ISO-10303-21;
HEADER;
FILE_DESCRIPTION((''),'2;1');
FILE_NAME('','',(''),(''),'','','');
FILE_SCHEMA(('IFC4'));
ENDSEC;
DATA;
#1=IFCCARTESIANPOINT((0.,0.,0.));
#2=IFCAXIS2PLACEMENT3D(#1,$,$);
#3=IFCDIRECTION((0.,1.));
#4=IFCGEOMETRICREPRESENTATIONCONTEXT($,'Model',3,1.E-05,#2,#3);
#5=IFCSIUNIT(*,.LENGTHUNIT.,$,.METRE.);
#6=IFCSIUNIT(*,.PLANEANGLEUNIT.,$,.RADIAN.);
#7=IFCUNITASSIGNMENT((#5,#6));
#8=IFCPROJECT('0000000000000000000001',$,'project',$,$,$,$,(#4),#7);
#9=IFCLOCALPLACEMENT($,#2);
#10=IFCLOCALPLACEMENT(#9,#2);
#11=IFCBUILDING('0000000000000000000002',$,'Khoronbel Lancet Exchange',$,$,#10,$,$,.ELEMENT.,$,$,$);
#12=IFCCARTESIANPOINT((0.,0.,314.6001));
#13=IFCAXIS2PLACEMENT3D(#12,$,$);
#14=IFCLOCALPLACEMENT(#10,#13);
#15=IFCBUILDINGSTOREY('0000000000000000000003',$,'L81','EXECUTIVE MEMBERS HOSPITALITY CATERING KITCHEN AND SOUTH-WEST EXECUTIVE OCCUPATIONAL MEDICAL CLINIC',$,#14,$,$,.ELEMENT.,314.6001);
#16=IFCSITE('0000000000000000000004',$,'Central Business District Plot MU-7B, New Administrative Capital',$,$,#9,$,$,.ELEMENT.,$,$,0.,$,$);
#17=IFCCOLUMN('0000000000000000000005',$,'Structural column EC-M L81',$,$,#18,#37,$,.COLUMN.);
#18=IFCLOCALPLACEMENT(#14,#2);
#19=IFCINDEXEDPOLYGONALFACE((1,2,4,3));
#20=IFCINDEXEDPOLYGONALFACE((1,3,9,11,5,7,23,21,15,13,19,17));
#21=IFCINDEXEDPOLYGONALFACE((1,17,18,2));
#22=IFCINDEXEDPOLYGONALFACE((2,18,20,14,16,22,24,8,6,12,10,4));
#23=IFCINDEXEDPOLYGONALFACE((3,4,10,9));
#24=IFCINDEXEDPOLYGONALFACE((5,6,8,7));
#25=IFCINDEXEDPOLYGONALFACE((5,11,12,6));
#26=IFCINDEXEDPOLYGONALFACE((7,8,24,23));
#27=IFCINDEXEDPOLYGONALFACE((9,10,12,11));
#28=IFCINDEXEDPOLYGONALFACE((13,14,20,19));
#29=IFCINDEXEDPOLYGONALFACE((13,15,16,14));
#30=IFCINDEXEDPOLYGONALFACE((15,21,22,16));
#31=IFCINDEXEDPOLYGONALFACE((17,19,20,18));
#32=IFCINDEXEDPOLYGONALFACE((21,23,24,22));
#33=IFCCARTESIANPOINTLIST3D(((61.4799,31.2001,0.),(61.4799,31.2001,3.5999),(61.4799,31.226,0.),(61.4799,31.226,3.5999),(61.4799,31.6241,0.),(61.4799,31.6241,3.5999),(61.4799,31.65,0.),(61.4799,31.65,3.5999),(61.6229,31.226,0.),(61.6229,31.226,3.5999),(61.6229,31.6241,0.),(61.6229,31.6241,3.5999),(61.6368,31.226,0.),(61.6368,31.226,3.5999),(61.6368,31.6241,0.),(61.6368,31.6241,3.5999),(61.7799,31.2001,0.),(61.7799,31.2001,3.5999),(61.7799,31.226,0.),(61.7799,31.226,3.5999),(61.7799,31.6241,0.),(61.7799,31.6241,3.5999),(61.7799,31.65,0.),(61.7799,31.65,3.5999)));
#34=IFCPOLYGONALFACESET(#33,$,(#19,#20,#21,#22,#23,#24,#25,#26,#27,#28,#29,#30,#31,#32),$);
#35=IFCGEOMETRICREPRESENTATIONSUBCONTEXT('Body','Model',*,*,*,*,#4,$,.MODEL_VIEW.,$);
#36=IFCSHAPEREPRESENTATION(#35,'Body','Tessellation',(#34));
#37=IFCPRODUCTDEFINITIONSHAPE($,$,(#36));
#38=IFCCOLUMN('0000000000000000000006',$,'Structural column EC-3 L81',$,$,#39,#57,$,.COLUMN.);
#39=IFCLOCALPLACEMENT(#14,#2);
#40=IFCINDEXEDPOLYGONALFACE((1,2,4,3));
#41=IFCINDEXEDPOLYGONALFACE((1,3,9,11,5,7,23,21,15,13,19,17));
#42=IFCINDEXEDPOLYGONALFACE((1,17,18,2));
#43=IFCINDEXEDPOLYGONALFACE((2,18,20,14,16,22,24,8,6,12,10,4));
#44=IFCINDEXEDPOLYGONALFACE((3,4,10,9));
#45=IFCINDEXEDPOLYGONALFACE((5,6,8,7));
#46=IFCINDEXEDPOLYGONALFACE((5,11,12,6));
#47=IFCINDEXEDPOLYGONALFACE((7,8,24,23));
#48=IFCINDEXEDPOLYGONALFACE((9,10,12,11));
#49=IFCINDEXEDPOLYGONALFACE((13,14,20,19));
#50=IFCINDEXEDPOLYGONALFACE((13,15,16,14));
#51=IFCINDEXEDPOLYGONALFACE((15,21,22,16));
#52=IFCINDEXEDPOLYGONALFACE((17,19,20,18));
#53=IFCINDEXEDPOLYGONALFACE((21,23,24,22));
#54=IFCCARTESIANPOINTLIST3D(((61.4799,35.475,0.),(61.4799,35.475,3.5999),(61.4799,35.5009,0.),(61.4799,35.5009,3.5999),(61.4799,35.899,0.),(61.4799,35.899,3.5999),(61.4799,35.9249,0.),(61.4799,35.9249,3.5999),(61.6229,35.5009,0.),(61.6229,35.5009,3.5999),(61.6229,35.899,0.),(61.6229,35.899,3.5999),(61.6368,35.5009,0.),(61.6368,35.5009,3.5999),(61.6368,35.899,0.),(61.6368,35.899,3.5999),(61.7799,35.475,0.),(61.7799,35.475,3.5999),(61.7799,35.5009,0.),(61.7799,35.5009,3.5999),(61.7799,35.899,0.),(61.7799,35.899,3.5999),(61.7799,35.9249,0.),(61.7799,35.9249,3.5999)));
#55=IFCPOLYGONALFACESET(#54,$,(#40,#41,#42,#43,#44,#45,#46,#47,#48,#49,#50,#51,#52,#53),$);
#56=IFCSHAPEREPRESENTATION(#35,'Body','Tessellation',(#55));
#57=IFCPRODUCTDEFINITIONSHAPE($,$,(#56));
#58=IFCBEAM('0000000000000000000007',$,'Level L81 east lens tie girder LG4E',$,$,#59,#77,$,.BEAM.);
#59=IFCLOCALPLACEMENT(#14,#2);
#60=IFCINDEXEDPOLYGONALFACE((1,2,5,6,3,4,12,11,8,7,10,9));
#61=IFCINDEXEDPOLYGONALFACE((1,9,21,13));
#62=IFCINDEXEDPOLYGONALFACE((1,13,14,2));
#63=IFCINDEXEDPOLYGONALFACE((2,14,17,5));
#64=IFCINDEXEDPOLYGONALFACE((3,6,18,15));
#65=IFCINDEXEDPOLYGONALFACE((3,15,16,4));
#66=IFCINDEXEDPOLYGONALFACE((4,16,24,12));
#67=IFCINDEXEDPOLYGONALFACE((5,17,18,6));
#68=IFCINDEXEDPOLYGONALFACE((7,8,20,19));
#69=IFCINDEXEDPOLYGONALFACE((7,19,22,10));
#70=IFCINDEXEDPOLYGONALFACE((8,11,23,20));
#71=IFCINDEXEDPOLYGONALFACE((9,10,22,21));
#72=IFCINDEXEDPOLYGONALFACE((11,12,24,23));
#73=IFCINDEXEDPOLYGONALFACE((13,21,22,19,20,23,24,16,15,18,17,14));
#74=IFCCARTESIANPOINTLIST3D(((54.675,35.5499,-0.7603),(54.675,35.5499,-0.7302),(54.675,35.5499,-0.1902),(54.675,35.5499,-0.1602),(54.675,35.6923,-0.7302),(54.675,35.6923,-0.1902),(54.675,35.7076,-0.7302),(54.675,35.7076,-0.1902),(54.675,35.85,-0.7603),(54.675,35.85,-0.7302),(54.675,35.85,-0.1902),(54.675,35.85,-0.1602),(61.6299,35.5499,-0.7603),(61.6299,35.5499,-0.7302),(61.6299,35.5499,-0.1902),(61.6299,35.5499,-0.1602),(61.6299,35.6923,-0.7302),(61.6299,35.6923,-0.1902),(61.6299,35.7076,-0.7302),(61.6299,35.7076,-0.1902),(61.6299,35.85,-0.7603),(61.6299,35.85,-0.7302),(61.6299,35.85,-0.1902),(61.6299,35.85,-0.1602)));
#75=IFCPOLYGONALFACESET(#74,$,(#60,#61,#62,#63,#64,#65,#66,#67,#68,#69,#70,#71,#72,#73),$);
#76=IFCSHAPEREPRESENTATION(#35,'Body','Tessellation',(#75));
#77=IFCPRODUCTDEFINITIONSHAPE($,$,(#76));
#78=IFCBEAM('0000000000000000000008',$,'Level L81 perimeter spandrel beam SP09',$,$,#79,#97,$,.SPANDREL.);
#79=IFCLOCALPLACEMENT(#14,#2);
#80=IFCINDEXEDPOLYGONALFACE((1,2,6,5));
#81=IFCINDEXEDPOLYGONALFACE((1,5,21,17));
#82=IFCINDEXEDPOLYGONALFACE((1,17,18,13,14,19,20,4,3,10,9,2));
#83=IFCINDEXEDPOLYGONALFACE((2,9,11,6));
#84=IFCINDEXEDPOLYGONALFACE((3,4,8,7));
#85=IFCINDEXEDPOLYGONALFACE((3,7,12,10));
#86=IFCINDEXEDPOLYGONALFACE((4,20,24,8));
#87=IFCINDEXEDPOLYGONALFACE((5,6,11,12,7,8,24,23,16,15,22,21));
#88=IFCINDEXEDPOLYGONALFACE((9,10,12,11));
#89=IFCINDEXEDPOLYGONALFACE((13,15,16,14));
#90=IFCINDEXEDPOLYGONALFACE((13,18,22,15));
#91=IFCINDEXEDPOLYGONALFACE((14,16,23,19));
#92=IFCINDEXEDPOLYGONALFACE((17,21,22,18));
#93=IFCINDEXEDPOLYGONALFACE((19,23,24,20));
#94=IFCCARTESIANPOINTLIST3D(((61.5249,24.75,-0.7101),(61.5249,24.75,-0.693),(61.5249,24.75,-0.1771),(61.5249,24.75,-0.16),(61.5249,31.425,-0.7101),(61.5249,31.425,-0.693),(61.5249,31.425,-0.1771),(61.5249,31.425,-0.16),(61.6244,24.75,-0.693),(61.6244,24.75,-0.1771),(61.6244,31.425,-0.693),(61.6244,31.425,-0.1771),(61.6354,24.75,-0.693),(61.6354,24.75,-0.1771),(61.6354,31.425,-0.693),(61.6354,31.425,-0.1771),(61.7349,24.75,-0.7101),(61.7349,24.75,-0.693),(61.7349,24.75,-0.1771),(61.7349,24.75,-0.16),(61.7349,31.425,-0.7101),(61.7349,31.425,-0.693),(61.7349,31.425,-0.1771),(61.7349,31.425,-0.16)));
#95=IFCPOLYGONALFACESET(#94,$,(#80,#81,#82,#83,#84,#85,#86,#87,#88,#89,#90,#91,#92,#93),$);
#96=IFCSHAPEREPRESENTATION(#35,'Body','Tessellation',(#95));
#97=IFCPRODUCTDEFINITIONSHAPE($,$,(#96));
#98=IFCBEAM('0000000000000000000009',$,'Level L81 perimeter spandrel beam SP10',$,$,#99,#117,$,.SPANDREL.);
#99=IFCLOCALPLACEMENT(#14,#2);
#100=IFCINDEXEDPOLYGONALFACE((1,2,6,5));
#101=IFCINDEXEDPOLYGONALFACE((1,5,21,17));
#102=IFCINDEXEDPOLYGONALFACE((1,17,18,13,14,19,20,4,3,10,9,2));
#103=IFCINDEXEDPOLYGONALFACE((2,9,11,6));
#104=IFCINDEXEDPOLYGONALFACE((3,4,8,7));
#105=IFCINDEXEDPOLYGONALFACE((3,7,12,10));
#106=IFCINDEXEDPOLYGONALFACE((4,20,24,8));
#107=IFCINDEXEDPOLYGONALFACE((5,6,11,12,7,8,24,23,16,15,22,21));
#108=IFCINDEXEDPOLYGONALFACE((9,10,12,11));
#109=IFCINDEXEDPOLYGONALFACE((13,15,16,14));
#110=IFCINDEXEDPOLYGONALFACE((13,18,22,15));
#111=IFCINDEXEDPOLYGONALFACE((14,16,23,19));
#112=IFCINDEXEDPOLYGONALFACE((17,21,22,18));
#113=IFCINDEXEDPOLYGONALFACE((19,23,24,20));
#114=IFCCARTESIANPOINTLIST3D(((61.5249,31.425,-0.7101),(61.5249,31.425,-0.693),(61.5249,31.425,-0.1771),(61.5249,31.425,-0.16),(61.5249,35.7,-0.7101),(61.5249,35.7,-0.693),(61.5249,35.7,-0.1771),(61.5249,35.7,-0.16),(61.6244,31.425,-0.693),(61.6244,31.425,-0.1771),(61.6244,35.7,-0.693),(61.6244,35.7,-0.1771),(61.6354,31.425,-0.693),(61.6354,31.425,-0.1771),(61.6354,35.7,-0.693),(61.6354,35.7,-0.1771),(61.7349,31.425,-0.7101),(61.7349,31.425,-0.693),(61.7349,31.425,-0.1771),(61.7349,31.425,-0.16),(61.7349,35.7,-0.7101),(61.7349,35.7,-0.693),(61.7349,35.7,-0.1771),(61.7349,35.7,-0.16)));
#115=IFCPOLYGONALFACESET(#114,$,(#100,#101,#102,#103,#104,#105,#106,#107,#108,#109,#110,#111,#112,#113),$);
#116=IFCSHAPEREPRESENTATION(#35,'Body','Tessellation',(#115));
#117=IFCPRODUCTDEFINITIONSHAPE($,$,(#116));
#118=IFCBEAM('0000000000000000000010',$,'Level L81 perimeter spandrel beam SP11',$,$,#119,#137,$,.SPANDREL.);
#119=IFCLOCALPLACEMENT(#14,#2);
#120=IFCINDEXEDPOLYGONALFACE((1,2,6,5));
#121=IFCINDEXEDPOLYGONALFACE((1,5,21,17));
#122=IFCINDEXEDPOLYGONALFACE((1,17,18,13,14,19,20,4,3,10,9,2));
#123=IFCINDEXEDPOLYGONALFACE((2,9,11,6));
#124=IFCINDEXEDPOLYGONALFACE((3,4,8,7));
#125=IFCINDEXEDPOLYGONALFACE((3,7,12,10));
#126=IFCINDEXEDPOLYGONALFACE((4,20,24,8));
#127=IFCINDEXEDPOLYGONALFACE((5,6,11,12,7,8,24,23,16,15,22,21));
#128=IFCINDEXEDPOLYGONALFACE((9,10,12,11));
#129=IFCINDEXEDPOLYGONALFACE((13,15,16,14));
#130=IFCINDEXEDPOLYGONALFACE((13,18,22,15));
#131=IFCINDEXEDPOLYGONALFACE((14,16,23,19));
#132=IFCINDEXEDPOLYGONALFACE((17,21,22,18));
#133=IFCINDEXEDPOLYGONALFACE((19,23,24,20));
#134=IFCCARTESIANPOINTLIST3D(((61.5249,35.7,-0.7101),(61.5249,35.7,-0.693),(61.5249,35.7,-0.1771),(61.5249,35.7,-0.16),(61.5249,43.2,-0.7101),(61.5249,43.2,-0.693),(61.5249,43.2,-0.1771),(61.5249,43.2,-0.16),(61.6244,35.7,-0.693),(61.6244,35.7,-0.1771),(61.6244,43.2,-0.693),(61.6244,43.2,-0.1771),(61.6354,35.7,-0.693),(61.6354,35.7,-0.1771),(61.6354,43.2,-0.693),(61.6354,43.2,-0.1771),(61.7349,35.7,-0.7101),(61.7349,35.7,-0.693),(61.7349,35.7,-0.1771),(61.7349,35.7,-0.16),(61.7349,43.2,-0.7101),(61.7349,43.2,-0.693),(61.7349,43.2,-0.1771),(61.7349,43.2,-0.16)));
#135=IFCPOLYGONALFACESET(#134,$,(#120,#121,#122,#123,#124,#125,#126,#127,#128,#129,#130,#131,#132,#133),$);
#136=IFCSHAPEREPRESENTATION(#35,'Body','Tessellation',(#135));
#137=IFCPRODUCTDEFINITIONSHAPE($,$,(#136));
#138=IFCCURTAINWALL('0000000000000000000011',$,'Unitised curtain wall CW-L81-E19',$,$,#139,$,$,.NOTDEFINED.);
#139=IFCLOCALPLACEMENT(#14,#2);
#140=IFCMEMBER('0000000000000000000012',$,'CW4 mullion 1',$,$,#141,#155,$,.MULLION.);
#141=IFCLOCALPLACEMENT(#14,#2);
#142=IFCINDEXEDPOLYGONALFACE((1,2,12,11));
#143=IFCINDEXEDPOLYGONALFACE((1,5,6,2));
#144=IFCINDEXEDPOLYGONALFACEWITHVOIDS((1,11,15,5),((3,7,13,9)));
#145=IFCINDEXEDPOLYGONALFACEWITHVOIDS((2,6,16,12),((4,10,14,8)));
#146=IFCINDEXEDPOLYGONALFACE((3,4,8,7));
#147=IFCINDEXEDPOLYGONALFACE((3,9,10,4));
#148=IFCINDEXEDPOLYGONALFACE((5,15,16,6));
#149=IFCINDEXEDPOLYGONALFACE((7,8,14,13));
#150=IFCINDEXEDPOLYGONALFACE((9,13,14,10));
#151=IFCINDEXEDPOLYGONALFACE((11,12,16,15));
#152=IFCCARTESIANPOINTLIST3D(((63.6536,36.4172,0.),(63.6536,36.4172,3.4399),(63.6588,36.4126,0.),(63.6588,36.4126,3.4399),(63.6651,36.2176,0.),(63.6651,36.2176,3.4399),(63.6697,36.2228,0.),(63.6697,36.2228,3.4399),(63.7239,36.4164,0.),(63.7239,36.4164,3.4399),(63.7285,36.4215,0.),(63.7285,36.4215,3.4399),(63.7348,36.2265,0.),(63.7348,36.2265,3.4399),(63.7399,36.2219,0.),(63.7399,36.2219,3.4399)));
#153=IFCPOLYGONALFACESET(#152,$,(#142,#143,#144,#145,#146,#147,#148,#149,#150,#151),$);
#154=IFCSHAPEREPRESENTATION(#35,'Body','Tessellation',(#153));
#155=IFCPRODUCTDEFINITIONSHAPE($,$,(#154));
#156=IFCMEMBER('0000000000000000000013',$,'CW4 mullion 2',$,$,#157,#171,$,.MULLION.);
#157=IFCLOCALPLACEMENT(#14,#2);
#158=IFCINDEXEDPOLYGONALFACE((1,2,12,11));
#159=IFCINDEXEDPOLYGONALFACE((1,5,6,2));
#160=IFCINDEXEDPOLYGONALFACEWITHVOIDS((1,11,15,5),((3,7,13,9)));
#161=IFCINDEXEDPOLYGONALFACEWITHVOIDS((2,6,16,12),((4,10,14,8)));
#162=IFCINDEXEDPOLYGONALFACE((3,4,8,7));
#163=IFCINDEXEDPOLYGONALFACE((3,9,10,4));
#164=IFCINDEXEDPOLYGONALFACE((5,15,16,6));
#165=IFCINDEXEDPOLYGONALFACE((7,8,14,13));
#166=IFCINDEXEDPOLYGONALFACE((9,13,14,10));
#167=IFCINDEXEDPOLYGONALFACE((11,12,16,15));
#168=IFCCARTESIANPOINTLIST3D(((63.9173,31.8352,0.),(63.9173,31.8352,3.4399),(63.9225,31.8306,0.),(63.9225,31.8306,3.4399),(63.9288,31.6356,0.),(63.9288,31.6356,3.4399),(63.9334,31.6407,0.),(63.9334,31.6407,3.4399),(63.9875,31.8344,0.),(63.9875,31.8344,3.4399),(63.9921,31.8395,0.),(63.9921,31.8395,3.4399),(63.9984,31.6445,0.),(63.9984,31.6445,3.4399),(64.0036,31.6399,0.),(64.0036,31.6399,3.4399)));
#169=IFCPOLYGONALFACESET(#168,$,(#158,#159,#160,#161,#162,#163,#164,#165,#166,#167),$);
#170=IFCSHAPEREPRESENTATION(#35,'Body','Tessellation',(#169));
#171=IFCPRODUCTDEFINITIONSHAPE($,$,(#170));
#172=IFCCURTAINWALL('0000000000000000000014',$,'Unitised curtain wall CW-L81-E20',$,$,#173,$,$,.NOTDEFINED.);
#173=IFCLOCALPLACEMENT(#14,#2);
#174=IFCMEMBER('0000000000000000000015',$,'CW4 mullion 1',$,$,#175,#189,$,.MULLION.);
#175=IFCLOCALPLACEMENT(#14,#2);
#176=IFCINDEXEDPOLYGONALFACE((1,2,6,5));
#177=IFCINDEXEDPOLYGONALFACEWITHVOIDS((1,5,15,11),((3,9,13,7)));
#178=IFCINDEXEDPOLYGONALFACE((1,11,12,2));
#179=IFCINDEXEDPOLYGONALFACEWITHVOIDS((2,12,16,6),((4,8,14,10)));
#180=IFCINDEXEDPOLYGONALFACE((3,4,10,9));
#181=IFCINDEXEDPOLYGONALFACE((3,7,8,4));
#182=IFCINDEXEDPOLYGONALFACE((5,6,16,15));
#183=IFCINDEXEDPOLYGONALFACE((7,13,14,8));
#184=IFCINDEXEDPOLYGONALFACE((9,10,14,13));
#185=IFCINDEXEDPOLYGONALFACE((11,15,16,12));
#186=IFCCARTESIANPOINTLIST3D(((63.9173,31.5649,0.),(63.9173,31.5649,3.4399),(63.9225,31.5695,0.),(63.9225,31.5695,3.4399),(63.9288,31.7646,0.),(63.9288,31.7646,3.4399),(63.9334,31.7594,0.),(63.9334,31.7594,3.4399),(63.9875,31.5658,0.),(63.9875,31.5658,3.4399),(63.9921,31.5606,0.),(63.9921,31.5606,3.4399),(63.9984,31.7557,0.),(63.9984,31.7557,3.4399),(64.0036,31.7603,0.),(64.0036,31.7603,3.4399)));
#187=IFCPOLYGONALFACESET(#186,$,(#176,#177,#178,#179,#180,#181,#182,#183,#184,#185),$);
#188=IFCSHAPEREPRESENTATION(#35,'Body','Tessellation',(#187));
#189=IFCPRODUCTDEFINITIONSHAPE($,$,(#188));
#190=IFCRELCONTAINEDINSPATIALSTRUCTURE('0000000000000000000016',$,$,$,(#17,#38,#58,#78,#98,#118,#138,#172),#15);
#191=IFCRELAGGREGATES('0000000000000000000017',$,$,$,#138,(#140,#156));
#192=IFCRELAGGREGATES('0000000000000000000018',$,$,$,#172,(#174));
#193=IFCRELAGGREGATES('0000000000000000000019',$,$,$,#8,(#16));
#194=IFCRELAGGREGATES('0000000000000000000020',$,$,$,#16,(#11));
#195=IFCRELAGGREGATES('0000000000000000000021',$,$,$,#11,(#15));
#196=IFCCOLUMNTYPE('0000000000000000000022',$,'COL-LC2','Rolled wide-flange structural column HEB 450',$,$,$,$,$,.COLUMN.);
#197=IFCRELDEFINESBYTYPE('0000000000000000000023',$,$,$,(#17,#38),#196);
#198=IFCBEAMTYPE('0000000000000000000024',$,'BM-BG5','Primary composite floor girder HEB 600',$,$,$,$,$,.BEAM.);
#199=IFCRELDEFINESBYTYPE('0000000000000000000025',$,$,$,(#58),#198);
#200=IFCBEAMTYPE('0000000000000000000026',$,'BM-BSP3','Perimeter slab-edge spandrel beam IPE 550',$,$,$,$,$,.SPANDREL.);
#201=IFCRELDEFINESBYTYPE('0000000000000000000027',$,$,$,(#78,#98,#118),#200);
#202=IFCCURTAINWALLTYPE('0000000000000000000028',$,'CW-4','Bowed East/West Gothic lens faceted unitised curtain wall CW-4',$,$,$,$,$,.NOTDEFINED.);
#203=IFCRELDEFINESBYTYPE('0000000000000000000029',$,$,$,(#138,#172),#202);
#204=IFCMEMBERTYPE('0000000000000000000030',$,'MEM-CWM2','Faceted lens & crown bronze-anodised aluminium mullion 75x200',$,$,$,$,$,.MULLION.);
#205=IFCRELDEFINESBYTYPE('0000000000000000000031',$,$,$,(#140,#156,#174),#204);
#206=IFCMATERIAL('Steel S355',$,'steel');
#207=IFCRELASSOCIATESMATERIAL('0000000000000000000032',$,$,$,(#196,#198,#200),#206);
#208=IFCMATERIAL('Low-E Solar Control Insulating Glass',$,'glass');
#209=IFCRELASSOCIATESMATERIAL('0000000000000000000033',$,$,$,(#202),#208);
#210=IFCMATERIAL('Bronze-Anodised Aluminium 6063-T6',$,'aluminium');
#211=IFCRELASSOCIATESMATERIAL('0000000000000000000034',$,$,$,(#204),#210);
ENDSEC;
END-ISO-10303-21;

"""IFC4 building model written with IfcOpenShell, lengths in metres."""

from ifc_helpers import new_model, si_unit, direction, frame, origin, origin_2d, place, context, subcontext, project, spatial, hollow_rectangle, i_section, extrude, material, material_profile, profile_set, type_object, element, aggregate, save


model = new_model("IFC4")

# Units and contexts
model_context = context("Model", 3, precision=1e-05, world=origin(), true_north=direction((0.0, 1.0)))
body_context = subcontext(model_context, "Body", "Model", "MODEL_VIEW")
ifc_project = project(units=[si_unit("LENGTHUNIT", "METRE"), si_unit("PLANEANGLEUNIT", "RADIAN")], contexts=[model_context])

# Site, building, storey
site_placement = place(None, origin())
site = spatial("IfcSite", under=ifc_project, at=site_placement, Name="Central Business District Plot MU-7B, New Administrative Capital", CompositionType="ELEMENT", RefElevation=0.0)
building_placement = place(site_placement, origin())
building = spatial("IfcBuilding", under=site, at=building_placement, Name="Khoronbel Lancet Exchange", CompositionType="ELEMENT")
storey_placement = place(building_placement, frame((0.0, 0.0, 314.6001)))
storey = spatial("IfcBuildingStorey", under=building, at=storey_placement, Name="L81", Description="EXECUTIVE MEMBERS HOSPITALITY CATERING KITCHEN AND SOUTH-WEST EXECUTIVE OCCUPATIONAL MEDICAL CLINIC", CompositionType="ELEMENT", Elevation=314.6001)

# Columns
ifc_material_1 = material(Name="Steel S355", Category="steel")
ifc_material_profile_1 = material_profile(ifc_material_1, i_section(OverallWidth=0.3, OverallDepth=0.45, WebThickness=0.0139, FlangeThickness=0.0259, at=origin_2d()), Name="HEB 450")
ifc_profile_set_1 = profile_set([ifc_material_profile_1], Name="Steel S355")
column_type = type_object("IfcColumnType", Name="COL-LC2", Description="Rolled wide-flange structural column HEB 450", PredefinedType="COLUMN", material=ifc_profile_set_1)
for number, where, z_axis, x_axis, name in (
    (1, (61.6299, 31.425, 0.0), (0.0, 0.0, 1.0), (1.0, 0.0, 0.0), "Structural column EC-M L81"),
    (2, (61.6299, 35.7, 0.0), (0.0, 0.0, 1.0), (1.0, 0.0, 0.0), "Structural column EC-3 L81"),
):
    element("IfcColumn", number, at=place(storey_placement, frame(where, z_axis=z_axis, x_axis=x_axis)), inside=storey, type_object=column_type, Name=name, PredefinedType="COLUMN", context=body_context, shape_type="SweptSolid", body=[
        extrude(i_section(OverallWidth=0.3, OverallDepth=0.45, WebThickness=0.0139, FlangeThickness=0.0259, at=origin_2d()), origin(), (0.0, 0.0, 1.0), 3.5999),
    ])

# Beams
ifc_material_profile_2 = material_profile(ifc_material_1, i_section(OverallWidth=0.3, OverallDepth=0.6001, WebThickness=0.0154, FlangeThickness=0.03, at=origin_2d()), Name="HEB 600")
ifc_profile_set_2 = profile_set([ifc_material_profile_2], Name="Steel S355")
beam_type_1 = type_object("IfcBeamType", Name="BM-BG5", Description="Primary composite floor girder HEB 600", PredefinedType="BEAM", material=ifc_profile_set_2)
beam_1_placement = place(storey_placement, frame((54.675, 35.7, -0.4602), z_axis=(1.0, 0.0, 0.0), x_axis=(0.0, 1.0, 0.0)))
element("IfcBeam", 3, at=beam_1_placement, inside=storey, type_object=beam_type_1, Name="Level L81 east lens tie girder LG4E", PredefinedType="BEAM", context=body_context, shape_type="SweptSolid", body=[
    extrude(i_section(OverallWidth=0.3, OverallDepth=0.6001, WebThickness=0.0154, FlangeThickness=0.03, at=origin_2d()), origin(), (0.0, 0.0, 1.0), 6.9548),
])
ifc_material_profile_3 = material_profile(ifc_material_1, i_section(OverallWidth=0.21, OverallDepth=0.55, WebThickness=0.011, FlangeThickness=0.0171, at=origin_2d()), Name="IPE 550")
ifc_profile_set_3 = profile_set([ifc_material_profile_3], Name="Steel S355")
beam_type_2 = type_object("IfcBeamType", Name="BM-BSP3", Description="Perimeter slab-edge spandrel beam IPE 550", PredefinedType="SPANDREL", material=ifc_profile_set_3)
beam_2_placement = place(storey_placement, frame((61.6299, 24.75, -0.4351), z_axis=(0.0, 1.0, 0.0), x_axis=(-1.0, 0.0, 0.0)))
element("IfcBeam", 4, at=beam_2_placement, inside=storey, type_object=beam_type_2, Name="Level L81 perimeter spandrel beam SP09", PredefinedType="SPANDREL", context=body_context, shape_type="SweptSolid", body=[
    extrude(i_section(OverallWidth=0.21, OverallDepth=0.55, WebThickness=0.011, FlangeThickness=0.0171, at=origin_2d()), origin(), (0.0, 0.0, 1.0), 6.675),
])
beam_3_placement = place(storey_placement, frame((61.6299, 31.425, -0.4351), z_axis=(0.0, 1.0, 0.0), x_axis=(-1.0, 0.0, 0.0)))
element("IfcBeam", 5, at=beam_3_placement, inside=storey, type_object=beam_type_2, Name="Level L81 perimeter spandrel beam SP10", PredefinedType="SPANDREL", context=body_context, shape_type="SweptSolid", body=[
    extrude(i_section(OverallWidth=0.21, OverallDepth=0.55, WebThickness=0.011, FlangeThickness=0.0171, at=origin_2d()), origin(), (0.0, 0.0, 1.0), 4.2749),
])
beam_4_placement = place(storey_placement, frame((61.6299, 35.7, -0.4351), z_axis=(0.0, 1.0, 0.0), x_axis=(-1.0, 0.0, 0.0)))
element("IfcBeam", 6, at=beam_4_placement, inside=storey, type_object=beam_type_2, Name="Level L81 perimeter spandrel beam SP11", PredefinedType="SPANDREL", context=body_context, shape_type="SweptSolid", body=[
    extrude(i_section(OverallWidth=0.21, OverallDepth=0.55, WebThickness=0.011, FlangeThickness=0.0171, at=origin_2d()), origin(), (0.0, 0.0, 1.0), 7.5),
])

# Curtain walls, members
ifc_material_2 = material(Name="Low-E Solar Control Insulating Glass", Category="glass")
curtain_wall_type = type_object("IfcCurtainWallType", Name="CW-4", Description="Bowed East/West Gothic lens faceted unitised curtain wall CW-4", PredefinedType="NOTDEFINED", material=ifc_material_2)
curtain_wall_1_placement = place(storey_placement, origin())
curtain_wall_1 = element("IfcCurtainWall", 7, at=curtain_wall_1_placement, inside=storey, type_object=curtain_wall_type, Name="Unitised curtain wall CW-L81-E19", PredefinedType="NOTDEFINED")
ifc_material_3 = material(Name="Bronze-Anodised Aluminium 6063-T6", Category="aluminium")
ifc_material_profile_4 = material_profile(ifc_material_3, hollow_rectangle(XDim=0.075, YDim=0.2, WallThickness=0.0049, at=origin_2d()), Name="ALU MULLION 75x200")
ifc_profile_set_4 = profile_set([ifc_material_profile_4], Name="Bronze-Anodised Aluminium 6063-T6")
member_type_1 = type_object("IfcMemberType", Name="MEM-CWM2", Description="Faceted lens & crown bronze-anodised aluminium mullion 75x200", PredefinedType="MULLION", material=ifc_profile_set_4)
member_1_placement = place(storey_placement, frame((63.6968, 36.3196, 0.0), z_axis=(0.0, 0.0, 1.0), x_axis=(0.998351, 0.057409, 0.0)))
member_1 = element("IfcMember", 8, at=member_1_placement, type_object=member_type_1, Name="CW4 mullion 1", PredefinedType="MULLION", context=body_context, shape_type="SweptSolid", body=[
    extrude(hollow_rectangle(XDim=0.075, YDim=0.2, WallThickness=0.0049, at=origin_2d()), origin(), (0.0, 0.0, 1.0), 3.4399),
])
member_2_placement = place(storey_placement, frame((63.9604, 31.7375, 0.0), z_axis=(0.0, 0.0, 1.0), x_axis=(0.998351, 0.057409, 0.0)))
member_2 = element("IfcMember", 9, at=member_2_placement, type_object=member_type_1, Name="CW4 mullion 2", PredefinedType="MULLION", context=body_context, shape_type="SweptSolid", body=[
    extrude(hollow_rectangle(XDim=0.075, YDim=0.2, WallThickness=0.0049, at=origin_2d()), origin(), (0.0, 0.0, 1.0), 3.4399),
])
curtain_wall_2_placement = place(storey_placement, origin())
curtain_wall_2 = element("IfcCurtainWall", 10, at=curtain_wall_2_placement, inside=storey, type_object=curtain_wall_type, Name="Unitised curtain wall CW-L81-E20", PredefinedType="NOTDEFINED")
member_3_placement = place(storey_placement, frame((63.9604, 31.6626, 0.0), z_axis=(0.0, 0.0, 1.0), x_axis=(0.998351, -0.057409, 0.0)))
member_3 = element("IfcMember", 11, at=member_3_placement, type_object=member_type_1, Name="CW4 mullion 1", PredefinedType="MULLION", context=body_context, shape_type="SweptSolid", body=[
    extrude(hollow_rectangle(XDim=0.075, YDim=0.2, WallThickness=0.0049, at=origin_2d()), origin(), (0.0, 0.0, 1.0), 3.4399),
])

aggregate(curtain_wall_1, [member_1, member_2])
aggregate(curtain_wall_2, [member_3])

save(model, "model.ifc")
